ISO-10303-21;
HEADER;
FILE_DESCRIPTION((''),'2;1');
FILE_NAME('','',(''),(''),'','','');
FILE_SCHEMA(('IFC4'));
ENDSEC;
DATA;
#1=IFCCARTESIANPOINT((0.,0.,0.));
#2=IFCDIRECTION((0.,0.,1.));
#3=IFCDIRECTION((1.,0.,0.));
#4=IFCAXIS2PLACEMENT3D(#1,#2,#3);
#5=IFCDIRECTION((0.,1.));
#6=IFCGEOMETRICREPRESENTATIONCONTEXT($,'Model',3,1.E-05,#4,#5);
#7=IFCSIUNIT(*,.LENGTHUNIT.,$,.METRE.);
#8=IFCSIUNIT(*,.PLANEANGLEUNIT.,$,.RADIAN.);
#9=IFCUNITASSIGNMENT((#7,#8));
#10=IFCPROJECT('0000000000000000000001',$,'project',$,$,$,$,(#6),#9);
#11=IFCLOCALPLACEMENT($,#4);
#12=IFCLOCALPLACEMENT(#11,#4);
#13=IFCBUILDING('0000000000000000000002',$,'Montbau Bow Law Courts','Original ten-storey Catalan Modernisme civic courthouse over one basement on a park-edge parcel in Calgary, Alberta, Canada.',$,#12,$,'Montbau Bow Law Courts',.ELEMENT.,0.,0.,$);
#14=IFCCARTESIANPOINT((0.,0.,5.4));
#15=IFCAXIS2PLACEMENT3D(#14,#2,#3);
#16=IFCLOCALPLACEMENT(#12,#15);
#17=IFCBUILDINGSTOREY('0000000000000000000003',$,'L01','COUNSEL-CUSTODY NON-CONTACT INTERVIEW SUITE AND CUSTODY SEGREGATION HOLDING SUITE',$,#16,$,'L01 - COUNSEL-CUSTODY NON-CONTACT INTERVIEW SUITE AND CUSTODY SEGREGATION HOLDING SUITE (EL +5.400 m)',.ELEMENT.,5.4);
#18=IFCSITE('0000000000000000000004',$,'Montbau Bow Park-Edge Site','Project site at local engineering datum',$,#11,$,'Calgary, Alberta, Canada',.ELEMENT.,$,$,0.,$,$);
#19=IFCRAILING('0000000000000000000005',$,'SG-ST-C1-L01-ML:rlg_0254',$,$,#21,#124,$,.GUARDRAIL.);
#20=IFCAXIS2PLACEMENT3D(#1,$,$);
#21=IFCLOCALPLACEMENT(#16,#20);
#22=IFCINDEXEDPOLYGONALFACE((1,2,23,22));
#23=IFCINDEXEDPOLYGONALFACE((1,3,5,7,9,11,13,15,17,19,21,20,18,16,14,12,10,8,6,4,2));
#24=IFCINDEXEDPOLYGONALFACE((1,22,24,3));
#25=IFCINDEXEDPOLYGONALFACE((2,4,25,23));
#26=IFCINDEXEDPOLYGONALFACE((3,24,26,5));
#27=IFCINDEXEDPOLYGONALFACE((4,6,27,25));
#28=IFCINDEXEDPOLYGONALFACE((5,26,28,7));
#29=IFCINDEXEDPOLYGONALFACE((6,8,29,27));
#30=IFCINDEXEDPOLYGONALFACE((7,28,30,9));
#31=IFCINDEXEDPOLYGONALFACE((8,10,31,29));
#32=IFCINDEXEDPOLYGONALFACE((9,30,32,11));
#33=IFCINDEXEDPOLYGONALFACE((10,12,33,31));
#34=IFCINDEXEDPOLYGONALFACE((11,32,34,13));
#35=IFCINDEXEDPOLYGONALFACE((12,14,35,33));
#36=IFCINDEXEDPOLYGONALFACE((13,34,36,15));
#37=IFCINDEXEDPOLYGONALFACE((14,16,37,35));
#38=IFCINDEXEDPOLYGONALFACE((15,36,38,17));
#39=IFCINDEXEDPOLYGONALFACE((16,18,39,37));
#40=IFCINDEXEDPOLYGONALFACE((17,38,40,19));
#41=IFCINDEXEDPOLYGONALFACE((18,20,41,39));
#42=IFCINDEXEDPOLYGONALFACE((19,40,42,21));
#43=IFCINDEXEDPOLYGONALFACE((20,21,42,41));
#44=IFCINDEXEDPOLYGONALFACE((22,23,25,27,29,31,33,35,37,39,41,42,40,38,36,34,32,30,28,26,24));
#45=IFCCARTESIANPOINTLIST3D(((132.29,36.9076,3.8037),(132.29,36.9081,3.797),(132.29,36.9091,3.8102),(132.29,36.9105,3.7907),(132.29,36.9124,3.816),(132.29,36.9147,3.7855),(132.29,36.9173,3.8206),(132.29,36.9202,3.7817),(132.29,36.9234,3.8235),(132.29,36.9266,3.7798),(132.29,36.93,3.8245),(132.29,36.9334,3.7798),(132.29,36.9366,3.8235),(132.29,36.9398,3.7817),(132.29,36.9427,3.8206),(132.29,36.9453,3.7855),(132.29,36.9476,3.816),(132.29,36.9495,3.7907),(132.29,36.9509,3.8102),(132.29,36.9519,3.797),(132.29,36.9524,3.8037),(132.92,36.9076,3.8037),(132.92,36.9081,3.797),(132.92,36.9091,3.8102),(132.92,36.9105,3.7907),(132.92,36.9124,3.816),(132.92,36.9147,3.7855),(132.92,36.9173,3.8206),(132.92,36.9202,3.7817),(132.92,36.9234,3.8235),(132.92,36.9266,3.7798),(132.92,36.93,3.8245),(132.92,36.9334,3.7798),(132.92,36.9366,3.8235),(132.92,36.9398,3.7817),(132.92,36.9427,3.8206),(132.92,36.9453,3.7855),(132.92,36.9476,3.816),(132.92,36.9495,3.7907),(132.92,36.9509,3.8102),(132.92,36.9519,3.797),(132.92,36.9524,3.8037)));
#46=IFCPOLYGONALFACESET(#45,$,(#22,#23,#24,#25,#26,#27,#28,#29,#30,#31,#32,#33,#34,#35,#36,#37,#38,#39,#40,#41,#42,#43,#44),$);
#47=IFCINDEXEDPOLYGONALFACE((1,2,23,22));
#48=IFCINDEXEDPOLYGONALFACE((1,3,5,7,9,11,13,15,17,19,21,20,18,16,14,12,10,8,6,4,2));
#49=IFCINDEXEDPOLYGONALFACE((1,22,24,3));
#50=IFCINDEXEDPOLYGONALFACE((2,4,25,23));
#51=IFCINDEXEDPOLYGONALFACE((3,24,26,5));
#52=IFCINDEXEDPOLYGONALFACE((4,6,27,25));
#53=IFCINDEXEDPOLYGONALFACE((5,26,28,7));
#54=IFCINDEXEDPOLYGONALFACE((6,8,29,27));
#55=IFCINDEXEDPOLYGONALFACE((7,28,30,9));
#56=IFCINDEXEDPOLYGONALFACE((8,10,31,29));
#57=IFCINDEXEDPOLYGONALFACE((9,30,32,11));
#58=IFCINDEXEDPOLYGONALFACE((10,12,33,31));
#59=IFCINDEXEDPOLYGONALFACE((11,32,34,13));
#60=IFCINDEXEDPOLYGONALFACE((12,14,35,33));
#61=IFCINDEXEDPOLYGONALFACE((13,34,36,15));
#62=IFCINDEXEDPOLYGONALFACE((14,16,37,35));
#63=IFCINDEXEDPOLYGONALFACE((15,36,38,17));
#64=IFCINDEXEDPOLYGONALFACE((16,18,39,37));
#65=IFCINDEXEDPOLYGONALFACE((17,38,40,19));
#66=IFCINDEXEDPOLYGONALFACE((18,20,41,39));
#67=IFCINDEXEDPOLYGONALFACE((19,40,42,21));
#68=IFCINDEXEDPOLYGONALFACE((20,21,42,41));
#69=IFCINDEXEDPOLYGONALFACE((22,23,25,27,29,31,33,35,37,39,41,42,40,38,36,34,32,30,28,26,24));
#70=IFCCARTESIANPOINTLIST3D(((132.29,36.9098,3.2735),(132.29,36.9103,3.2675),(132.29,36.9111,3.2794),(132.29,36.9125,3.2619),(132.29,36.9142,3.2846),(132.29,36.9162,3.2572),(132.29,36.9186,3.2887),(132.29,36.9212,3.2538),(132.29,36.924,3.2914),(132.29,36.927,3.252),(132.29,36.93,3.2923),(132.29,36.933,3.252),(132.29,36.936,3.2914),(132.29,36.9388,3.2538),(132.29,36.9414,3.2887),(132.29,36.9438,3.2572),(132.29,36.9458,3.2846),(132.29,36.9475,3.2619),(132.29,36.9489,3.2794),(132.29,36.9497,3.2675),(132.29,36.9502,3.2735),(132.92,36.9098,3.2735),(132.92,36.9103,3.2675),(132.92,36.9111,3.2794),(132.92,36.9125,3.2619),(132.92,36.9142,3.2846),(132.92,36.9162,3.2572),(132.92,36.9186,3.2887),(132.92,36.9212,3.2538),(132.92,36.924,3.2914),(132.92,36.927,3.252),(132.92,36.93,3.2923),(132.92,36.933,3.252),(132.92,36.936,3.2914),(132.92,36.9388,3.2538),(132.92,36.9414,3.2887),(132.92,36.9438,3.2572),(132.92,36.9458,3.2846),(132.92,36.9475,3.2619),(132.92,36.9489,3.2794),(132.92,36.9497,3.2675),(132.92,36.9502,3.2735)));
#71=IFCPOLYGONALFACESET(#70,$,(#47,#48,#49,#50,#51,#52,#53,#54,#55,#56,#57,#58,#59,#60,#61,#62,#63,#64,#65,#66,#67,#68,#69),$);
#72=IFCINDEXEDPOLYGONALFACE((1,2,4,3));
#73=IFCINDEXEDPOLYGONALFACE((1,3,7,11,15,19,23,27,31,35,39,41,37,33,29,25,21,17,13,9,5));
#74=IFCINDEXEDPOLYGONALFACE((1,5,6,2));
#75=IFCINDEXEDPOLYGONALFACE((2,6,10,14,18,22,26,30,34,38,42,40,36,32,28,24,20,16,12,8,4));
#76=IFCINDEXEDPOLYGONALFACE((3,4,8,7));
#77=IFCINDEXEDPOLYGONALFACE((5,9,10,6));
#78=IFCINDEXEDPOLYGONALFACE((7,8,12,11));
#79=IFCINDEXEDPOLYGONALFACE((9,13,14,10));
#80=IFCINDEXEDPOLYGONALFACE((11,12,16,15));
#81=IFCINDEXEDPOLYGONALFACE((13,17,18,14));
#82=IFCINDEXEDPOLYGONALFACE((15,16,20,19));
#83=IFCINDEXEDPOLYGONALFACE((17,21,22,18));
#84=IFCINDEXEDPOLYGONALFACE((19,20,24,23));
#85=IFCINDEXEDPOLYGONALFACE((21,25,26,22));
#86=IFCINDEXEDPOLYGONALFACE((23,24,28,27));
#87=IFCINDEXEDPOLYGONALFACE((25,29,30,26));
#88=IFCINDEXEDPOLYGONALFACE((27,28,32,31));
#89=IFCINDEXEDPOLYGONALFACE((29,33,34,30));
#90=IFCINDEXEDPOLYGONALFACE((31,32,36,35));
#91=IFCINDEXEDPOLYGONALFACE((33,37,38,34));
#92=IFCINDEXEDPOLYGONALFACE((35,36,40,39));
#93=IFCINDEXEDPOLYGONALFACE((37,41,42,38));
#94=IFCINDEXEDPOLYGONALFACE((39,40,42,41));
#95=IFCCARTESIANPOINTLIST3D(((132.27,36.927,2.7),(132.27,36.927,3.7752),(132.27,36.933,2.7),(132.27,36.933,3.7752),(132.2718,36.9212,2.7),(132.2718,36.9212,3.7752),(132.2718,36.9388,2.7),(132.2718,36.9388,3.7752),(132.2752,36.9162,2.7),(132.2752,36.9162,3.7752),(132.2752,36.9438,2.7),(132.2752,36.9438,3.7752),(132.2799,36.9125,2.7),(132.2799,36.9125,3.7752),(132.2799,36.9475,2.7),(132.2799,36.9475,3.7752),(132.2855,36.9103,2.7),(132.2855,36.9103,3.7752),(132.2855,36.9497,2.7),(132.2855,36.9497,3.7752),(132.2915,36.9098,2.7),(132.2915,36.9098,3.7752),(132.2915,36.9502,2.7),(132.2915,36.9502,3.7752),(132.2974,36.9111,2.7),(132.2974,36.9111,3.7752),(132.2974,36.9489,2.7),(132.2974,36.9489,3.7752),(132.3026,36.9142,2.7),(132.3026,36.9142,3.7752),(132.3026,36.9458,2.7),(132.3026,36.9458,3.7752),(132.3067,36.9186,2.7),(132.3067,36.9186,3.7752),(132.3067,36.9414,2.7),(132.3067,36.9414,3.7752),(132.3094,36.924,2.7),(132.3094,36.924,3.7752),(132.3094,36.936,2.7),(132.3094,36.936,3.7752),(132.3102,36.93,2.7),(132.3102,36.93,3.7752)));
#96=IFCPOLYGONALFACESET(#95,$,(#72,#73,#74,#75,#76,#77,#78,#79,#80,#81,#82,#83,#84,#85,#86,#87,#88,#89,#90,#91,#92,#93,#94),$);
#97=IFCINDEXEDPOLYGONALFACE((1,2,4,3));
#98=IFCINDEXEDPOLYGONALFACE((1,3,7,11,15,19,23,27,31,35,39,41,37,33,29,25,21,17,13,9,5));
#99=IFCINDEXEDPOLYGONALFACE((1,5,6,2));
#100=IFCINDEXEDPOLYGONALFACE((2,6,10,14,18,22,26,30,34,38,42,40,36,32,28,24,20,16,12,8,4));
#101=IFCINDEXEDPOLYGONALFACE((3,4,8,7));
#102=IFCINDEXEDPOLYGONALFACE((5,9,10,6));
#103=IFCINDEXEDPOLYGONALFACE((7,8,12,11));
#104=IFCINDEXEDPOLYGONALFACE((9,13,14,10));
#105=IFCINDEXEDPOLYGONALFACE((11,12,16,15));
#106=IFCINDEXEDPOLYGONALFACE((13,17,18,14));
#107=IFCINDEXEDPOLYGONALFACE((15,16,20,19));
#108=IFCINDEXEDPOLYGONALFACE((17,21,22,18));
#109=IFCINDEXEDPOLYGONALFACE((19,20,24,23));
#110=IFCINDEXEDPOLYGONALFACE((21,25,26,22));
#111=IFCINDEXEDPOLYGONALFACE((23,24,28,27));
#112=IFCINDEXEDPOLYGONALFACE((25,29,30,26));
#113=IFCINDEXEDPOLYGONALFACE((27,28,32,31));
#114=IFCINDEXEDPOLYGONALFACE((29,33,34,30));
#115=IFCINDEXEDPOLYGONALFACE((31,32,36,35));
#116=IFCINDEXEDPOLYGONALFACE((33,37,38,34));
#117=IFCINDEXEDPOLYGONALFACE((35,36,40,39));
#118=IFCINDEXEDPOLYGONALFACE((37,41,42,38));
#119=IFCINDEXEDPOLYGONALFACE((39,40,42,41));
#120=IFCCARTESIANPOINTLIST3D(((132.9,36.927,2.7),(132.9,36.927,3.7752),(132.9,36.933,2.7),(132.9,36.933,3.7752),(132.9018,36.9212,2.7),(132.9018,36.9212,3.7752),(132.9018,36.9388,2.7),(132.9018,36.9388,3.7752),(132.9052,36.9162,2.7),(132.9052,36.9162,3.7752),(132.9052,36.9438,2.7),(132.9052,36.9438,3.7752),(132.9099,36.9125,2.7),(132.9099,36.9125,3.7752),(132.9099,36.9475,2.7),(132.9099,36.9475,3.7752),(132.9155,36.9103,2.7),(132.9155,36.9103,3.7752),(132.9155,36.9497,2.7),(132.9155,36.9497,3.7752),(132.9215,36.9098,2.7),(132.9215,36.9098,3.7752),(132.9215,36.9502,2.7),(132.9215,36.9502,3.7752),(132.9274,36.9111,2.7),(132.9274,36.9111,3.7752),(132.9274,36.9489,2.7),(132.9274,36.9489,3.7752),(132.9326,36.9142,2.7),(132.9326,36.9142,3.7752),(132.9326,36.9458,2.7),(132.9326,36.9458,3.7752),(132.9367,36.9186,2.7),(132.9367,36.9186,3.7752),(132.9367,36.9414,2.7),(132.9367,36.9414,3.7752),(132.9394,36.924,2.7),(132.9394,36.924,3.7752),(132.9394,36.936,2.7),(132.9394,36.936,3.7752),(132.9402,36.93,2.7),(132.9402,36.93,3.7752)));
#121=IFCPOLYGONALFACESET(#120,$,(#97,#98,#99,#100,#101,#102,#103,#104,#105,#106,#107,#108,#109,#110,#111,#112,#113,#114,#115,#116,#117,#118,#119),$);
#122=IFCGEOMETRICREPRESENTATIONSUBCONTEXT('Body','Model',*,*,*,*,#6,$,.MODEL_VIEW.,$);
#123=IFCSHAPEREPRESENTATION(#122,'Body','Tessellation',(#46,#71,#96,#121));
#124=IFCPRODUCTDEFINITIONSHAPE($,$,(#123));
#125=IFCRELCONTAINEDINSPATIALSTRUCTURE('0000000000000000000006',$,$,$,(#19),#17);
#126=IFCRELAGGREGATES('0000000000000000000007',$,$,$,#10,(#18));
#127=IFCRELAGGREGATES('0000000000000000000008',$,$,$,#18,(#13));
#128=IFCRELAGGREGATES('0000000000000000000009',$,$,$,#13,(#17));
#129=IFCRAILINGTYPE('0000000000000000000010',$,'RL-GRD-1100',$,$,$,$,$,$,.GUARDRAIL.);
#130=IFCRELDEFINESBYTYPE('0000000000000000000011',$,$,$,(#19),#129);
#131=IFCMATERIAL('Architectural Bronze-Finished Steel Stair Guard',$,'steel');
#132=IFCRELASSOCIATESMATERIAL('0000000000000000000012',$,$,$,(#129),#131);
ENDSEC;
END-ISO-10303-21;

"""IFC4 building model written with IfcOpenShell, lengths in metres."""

from ifc_helpers import new_model, si_unit, direction, frame, origin_with_axes, origin_2d_with_axis, place, context, subcontext, project, spatial, circle, extrude, material, type_object, element, save


model = new_model("IFC4")

# Units and contexts
model_context = context("Model", 3, precision=1e-05, world=origin_with_axes(), true_north=direction((0.0, 1.0)))
body_context = subcontext(model_context, "Body", "Model", "MODEL_VIEW")
ifc_project = project(units=[si_unit("LENGTHUNIT", "METRE"), si_unit("PLANEANGLEUNIT", "RADIAN")], contexts=[model_context])

# Site, building, storey
site_placement = place(None, origin_with_axes())
site = spatial("IfcSite", under=ifc_project, at=site_placement, Name="Montbau Bow Park-Edge Site", Description="Project site at local engineering datum", LongName="Calgary, Alberta, Canada", CompositionType="ELEMENT", RefElevation=0.0)
building_placement = place(site_placement, origin_with_axes())
building = spatial("IfcBuilding", under=site, at=building_placement, Name="Montbau Bow Law Courts", Description="Original ten-storey Catalan Modernisme civic courthouse over one basement on a park-edge parcel in Calgary, Alberta, Canada.", LongName="Montbau Bow Law Courts", CompositionType="ELEMENT", ElevationOfRefHeight=0.0, ElevationOfTerrain=0.0)
storey_placement = place(building_placement, frame((0.0, 0.0, 5.4), z_axis=(0.0, 0.0, 1.0), x_axis=(1.0, 0.0, 0.0)))
storey = spatial("IfcBuildingStorey", under=building, at=storey_placement, Name="L01", Description="COUNSEL-CUSTODY NON-CONTACT INTERVIEW SUITE AND CUSTODY SEGREGATION HOLDING SUITE", LongName="L01 - COUNSEL-CUSTODY NON-CONTACT INTERVIEW SUITE AND CUSTODY SEGREGATION HOLDING SUITE (EL +5.400 m)", CompositionType="ELEMENT", Elevation=5.4)

# Railing
ifc_material_1 = material(Name="Architectural Bronze-Finished Steel Stair Guard", Category="steel")
railing_type_1 = type_object("IfcRailingType", Name="RL-GRD-1100", PredefinedType="GUARDRAIL", material=ifc_material_1)
railing_1_placement = place(None, origin_with_axes())
element("IfcRailing", 1, at=railing_1_placement, inside=storey, type_object=railing_type_1, Name="SG-ST-C1-L01-ML:rlg_0254", PredefinedType="GUARDRAIL", context=body_context, shape_type="SweptSolid", body=[
    extrude(circle(Radius=0.0225, at=origin_2d_with_axis()), frame((132.29, 36.93, 9.202), z_axis=(1.0, 0.0, 0.0), x_axis=(0.0, 0.0, 1.0)), (0.0, 0.0, 1.0), 0.63),
    extrude(circle(Radius=0.0203, at=origin_2d_with_axis()), frame((132.29, 36.93, 8.672), z_axis=(1.0, 0.0, 0.0), x_axis=(0.0, 0.0, 1.0)), (0.0, 0.0, 1.0), 0.63),
    extrude(circle(Radius=0.0203, at=origin_2d_with_axis()), frame((132.29, 36.93, 8.1), z_axis=(0.0, 0.0, 1.0), x_axis=(1.0, 0.0, 0.0)), (0.0, 0.0, 1.0), 1.0753),
    extrude(circle(Radius=0.0203, at=origin_2d_with_axis()), frame((132.92, 36.93, 8.1), z_axis=(0.0, 0.0, 1.0), x_axis=(1.0, 0.0, 0.0)), (0.0, 0.0, 1.0), 1.0753),
])

save(model, "model.ifc")
